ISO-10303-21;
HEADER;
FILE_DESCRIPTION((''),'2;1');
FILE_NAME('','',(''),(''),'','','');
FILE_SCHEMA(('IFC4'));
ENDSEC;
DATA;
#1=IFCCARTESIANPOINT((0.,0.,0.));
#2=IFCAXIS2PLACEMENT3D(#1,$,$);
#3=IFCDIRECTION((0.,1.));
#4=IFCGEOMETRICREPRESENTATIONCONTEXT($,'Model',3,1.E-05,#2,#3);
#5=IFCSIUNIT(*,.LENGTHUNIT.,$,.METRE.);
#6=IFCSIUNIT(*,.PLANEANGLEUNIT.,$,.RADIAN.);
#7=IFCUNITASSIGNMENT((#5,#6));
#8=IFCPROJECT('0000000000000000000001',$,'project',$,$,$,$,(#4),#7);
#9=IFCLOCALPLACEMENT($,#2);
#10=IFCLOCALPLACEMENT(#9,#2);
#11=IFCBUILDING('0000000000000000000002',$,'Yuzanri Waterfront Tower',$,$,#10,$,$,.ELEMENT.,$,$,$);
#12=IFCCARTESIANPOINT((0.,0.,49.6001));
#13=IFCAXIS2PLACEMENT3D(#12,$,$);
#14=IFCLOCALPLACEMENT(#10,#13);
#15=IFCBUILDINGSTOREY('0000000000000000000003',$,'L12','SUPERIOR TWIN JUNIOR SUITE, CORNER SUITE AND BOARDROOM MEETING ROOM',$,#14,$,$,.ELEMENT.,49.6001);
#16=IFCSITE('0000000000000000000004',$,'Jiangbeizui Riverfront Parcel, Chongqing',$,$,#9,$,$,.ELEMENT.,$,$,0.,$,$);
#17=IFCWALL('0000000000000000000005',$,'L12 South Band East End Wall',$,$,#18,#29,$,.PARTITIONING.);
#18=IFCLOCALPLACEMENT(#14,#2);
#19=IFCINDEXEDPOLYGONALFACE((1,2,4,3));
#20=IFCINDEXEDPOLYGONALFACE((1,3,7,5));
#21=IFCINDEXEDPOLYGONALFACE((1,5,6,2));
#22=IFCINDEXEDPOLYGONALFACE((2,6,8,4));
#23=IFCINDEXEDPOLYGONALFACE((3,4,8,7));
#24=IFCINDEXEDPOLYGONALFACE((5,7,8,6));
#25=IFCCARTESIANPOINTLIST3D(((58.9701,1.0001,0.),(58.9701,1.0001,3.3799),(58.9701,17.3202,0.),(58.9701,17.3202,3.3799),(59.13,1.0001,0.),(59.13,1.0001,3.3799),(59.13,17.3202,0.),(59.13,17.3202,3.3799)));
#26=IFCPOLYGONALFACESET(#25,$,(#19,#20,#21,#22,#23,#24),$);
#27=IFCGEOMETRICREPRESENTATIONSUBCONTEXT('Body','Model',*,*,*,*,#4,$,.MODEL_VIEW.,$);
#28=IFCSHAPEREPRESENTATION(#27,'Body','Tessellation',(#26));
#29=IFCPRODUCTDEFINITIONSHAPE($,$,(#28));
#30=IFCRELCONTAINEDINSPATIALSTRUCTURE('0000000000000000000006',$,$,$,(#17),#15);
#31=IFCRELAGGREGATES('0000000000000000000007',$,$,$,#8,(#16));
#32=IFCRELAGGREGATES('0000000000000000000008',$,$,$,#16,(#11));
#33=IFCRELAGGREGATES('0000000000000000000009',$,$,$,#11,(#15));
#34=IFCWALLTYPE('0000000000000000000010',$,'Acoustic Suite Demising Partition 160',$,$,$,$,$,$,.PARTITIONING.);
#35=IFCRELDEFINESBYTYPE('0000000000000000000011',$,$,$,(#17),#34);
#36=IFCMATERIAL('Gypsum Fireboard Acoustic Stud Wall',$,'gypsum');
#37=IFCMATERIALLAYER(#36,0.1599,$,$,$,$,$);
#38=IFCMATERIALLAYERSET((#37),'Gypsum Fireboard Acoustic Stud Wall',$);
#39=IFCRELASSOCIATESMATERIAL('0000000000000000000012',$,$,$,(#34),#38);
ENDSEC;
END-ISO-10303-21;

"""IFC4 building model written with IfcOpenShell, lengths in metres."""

from ifc_helpers import new_model, si_unit, direction, frame, frame_2d, origin, place, context, subcontext, project, spatial, rectangle, extrude, source, transform, mapped, material, layer, layer_set, type_object, element, save


model = new_model("IFC4")

# Units and contexts
model_context = context("Model", 3, precision=1e-05, world=origin(), true_north=direction((0.0, 1.0)))
body_context = subcontext(model_context, "Body", "Model", "MODEL_VIEW")
ifc_project = project(units=[si_unit("LENGTHUNIT", "METRE"), si_unit("PLANEANGLEUNIT", "RADIAN")], contexts=[model_context])

# Site, building, storey
site_placement = place(None, origin())
site = spatial("IfcSite", under=ifc_project, at=site_placement, Name="Jiangbeizui Riverfront Parcel, Chongqing", CompositionType="ELEMENT", RefElevation=0.0)
building_placement = place(site_placement, origin())
building = spatial("IfcBuilding", under=site, at=building_placement, Name="Yuzanri Waterfront Tower", CompositionType="ELEMENT")
storey_placement = place(building_placement, frame((0.0, 0.0, 49.6001)))
storey = spatial("IfcBuildingStorey", under=building, at=storey_placement, Name="L12", Description="SUPERIOR TWIN JUNIOR SUITE, CORNER SUITE AND BOARDROOM MEETING ROOM", CompositionType="ELEMENT", Elevation=49.6001)

# Wall
ifc_material_1 = material(Name="Gypsum Fireboard Acoustic Stud Wall", Category="gypsum")
ifc_layer_1 = layer(ifc_material_1, 0.1599)
ifc_layer_set_1 = layer_set([ifc_layer_1], Name="Gypsum Fireboard Acoustic Stud Wall")
wall_type_1 = type_object("IfcWallType", Name="Acoustic Suite Demising Partition 160", PredefinedType="PARTITIONING", material=ifc_layer_set_1)
shared_shape_1 = source(origin(), body_context, "Body", "SweptSolid", [
    extrude(rectangle(XDim=16.3201, YDim=0.1599, at=frame_2d((8.1602, 0.0))), origin(), (0.0, 0.0, 1.0), 3.3799),
])
wall_1_placement = place(storey_placement, frame((59.05, 1.0, 0.0), z_axis=(0.0, 0.0, 1.0), x_axis=(0.0, 1.0, 0.0)))
element("IfcWall", 1, at=wall_1_placement, inside=storey, type_object=wall_type_1, Name="L12 South Band East End Wall", PredefinedType="PARTITIONING", context=body_context, shape_type="MappedRepresentation", body=[
    mapped(shared_shape_1, transform((0.0, 0.0, 0.0), scale=1.0)),
])

save(model, "model.ifc")
